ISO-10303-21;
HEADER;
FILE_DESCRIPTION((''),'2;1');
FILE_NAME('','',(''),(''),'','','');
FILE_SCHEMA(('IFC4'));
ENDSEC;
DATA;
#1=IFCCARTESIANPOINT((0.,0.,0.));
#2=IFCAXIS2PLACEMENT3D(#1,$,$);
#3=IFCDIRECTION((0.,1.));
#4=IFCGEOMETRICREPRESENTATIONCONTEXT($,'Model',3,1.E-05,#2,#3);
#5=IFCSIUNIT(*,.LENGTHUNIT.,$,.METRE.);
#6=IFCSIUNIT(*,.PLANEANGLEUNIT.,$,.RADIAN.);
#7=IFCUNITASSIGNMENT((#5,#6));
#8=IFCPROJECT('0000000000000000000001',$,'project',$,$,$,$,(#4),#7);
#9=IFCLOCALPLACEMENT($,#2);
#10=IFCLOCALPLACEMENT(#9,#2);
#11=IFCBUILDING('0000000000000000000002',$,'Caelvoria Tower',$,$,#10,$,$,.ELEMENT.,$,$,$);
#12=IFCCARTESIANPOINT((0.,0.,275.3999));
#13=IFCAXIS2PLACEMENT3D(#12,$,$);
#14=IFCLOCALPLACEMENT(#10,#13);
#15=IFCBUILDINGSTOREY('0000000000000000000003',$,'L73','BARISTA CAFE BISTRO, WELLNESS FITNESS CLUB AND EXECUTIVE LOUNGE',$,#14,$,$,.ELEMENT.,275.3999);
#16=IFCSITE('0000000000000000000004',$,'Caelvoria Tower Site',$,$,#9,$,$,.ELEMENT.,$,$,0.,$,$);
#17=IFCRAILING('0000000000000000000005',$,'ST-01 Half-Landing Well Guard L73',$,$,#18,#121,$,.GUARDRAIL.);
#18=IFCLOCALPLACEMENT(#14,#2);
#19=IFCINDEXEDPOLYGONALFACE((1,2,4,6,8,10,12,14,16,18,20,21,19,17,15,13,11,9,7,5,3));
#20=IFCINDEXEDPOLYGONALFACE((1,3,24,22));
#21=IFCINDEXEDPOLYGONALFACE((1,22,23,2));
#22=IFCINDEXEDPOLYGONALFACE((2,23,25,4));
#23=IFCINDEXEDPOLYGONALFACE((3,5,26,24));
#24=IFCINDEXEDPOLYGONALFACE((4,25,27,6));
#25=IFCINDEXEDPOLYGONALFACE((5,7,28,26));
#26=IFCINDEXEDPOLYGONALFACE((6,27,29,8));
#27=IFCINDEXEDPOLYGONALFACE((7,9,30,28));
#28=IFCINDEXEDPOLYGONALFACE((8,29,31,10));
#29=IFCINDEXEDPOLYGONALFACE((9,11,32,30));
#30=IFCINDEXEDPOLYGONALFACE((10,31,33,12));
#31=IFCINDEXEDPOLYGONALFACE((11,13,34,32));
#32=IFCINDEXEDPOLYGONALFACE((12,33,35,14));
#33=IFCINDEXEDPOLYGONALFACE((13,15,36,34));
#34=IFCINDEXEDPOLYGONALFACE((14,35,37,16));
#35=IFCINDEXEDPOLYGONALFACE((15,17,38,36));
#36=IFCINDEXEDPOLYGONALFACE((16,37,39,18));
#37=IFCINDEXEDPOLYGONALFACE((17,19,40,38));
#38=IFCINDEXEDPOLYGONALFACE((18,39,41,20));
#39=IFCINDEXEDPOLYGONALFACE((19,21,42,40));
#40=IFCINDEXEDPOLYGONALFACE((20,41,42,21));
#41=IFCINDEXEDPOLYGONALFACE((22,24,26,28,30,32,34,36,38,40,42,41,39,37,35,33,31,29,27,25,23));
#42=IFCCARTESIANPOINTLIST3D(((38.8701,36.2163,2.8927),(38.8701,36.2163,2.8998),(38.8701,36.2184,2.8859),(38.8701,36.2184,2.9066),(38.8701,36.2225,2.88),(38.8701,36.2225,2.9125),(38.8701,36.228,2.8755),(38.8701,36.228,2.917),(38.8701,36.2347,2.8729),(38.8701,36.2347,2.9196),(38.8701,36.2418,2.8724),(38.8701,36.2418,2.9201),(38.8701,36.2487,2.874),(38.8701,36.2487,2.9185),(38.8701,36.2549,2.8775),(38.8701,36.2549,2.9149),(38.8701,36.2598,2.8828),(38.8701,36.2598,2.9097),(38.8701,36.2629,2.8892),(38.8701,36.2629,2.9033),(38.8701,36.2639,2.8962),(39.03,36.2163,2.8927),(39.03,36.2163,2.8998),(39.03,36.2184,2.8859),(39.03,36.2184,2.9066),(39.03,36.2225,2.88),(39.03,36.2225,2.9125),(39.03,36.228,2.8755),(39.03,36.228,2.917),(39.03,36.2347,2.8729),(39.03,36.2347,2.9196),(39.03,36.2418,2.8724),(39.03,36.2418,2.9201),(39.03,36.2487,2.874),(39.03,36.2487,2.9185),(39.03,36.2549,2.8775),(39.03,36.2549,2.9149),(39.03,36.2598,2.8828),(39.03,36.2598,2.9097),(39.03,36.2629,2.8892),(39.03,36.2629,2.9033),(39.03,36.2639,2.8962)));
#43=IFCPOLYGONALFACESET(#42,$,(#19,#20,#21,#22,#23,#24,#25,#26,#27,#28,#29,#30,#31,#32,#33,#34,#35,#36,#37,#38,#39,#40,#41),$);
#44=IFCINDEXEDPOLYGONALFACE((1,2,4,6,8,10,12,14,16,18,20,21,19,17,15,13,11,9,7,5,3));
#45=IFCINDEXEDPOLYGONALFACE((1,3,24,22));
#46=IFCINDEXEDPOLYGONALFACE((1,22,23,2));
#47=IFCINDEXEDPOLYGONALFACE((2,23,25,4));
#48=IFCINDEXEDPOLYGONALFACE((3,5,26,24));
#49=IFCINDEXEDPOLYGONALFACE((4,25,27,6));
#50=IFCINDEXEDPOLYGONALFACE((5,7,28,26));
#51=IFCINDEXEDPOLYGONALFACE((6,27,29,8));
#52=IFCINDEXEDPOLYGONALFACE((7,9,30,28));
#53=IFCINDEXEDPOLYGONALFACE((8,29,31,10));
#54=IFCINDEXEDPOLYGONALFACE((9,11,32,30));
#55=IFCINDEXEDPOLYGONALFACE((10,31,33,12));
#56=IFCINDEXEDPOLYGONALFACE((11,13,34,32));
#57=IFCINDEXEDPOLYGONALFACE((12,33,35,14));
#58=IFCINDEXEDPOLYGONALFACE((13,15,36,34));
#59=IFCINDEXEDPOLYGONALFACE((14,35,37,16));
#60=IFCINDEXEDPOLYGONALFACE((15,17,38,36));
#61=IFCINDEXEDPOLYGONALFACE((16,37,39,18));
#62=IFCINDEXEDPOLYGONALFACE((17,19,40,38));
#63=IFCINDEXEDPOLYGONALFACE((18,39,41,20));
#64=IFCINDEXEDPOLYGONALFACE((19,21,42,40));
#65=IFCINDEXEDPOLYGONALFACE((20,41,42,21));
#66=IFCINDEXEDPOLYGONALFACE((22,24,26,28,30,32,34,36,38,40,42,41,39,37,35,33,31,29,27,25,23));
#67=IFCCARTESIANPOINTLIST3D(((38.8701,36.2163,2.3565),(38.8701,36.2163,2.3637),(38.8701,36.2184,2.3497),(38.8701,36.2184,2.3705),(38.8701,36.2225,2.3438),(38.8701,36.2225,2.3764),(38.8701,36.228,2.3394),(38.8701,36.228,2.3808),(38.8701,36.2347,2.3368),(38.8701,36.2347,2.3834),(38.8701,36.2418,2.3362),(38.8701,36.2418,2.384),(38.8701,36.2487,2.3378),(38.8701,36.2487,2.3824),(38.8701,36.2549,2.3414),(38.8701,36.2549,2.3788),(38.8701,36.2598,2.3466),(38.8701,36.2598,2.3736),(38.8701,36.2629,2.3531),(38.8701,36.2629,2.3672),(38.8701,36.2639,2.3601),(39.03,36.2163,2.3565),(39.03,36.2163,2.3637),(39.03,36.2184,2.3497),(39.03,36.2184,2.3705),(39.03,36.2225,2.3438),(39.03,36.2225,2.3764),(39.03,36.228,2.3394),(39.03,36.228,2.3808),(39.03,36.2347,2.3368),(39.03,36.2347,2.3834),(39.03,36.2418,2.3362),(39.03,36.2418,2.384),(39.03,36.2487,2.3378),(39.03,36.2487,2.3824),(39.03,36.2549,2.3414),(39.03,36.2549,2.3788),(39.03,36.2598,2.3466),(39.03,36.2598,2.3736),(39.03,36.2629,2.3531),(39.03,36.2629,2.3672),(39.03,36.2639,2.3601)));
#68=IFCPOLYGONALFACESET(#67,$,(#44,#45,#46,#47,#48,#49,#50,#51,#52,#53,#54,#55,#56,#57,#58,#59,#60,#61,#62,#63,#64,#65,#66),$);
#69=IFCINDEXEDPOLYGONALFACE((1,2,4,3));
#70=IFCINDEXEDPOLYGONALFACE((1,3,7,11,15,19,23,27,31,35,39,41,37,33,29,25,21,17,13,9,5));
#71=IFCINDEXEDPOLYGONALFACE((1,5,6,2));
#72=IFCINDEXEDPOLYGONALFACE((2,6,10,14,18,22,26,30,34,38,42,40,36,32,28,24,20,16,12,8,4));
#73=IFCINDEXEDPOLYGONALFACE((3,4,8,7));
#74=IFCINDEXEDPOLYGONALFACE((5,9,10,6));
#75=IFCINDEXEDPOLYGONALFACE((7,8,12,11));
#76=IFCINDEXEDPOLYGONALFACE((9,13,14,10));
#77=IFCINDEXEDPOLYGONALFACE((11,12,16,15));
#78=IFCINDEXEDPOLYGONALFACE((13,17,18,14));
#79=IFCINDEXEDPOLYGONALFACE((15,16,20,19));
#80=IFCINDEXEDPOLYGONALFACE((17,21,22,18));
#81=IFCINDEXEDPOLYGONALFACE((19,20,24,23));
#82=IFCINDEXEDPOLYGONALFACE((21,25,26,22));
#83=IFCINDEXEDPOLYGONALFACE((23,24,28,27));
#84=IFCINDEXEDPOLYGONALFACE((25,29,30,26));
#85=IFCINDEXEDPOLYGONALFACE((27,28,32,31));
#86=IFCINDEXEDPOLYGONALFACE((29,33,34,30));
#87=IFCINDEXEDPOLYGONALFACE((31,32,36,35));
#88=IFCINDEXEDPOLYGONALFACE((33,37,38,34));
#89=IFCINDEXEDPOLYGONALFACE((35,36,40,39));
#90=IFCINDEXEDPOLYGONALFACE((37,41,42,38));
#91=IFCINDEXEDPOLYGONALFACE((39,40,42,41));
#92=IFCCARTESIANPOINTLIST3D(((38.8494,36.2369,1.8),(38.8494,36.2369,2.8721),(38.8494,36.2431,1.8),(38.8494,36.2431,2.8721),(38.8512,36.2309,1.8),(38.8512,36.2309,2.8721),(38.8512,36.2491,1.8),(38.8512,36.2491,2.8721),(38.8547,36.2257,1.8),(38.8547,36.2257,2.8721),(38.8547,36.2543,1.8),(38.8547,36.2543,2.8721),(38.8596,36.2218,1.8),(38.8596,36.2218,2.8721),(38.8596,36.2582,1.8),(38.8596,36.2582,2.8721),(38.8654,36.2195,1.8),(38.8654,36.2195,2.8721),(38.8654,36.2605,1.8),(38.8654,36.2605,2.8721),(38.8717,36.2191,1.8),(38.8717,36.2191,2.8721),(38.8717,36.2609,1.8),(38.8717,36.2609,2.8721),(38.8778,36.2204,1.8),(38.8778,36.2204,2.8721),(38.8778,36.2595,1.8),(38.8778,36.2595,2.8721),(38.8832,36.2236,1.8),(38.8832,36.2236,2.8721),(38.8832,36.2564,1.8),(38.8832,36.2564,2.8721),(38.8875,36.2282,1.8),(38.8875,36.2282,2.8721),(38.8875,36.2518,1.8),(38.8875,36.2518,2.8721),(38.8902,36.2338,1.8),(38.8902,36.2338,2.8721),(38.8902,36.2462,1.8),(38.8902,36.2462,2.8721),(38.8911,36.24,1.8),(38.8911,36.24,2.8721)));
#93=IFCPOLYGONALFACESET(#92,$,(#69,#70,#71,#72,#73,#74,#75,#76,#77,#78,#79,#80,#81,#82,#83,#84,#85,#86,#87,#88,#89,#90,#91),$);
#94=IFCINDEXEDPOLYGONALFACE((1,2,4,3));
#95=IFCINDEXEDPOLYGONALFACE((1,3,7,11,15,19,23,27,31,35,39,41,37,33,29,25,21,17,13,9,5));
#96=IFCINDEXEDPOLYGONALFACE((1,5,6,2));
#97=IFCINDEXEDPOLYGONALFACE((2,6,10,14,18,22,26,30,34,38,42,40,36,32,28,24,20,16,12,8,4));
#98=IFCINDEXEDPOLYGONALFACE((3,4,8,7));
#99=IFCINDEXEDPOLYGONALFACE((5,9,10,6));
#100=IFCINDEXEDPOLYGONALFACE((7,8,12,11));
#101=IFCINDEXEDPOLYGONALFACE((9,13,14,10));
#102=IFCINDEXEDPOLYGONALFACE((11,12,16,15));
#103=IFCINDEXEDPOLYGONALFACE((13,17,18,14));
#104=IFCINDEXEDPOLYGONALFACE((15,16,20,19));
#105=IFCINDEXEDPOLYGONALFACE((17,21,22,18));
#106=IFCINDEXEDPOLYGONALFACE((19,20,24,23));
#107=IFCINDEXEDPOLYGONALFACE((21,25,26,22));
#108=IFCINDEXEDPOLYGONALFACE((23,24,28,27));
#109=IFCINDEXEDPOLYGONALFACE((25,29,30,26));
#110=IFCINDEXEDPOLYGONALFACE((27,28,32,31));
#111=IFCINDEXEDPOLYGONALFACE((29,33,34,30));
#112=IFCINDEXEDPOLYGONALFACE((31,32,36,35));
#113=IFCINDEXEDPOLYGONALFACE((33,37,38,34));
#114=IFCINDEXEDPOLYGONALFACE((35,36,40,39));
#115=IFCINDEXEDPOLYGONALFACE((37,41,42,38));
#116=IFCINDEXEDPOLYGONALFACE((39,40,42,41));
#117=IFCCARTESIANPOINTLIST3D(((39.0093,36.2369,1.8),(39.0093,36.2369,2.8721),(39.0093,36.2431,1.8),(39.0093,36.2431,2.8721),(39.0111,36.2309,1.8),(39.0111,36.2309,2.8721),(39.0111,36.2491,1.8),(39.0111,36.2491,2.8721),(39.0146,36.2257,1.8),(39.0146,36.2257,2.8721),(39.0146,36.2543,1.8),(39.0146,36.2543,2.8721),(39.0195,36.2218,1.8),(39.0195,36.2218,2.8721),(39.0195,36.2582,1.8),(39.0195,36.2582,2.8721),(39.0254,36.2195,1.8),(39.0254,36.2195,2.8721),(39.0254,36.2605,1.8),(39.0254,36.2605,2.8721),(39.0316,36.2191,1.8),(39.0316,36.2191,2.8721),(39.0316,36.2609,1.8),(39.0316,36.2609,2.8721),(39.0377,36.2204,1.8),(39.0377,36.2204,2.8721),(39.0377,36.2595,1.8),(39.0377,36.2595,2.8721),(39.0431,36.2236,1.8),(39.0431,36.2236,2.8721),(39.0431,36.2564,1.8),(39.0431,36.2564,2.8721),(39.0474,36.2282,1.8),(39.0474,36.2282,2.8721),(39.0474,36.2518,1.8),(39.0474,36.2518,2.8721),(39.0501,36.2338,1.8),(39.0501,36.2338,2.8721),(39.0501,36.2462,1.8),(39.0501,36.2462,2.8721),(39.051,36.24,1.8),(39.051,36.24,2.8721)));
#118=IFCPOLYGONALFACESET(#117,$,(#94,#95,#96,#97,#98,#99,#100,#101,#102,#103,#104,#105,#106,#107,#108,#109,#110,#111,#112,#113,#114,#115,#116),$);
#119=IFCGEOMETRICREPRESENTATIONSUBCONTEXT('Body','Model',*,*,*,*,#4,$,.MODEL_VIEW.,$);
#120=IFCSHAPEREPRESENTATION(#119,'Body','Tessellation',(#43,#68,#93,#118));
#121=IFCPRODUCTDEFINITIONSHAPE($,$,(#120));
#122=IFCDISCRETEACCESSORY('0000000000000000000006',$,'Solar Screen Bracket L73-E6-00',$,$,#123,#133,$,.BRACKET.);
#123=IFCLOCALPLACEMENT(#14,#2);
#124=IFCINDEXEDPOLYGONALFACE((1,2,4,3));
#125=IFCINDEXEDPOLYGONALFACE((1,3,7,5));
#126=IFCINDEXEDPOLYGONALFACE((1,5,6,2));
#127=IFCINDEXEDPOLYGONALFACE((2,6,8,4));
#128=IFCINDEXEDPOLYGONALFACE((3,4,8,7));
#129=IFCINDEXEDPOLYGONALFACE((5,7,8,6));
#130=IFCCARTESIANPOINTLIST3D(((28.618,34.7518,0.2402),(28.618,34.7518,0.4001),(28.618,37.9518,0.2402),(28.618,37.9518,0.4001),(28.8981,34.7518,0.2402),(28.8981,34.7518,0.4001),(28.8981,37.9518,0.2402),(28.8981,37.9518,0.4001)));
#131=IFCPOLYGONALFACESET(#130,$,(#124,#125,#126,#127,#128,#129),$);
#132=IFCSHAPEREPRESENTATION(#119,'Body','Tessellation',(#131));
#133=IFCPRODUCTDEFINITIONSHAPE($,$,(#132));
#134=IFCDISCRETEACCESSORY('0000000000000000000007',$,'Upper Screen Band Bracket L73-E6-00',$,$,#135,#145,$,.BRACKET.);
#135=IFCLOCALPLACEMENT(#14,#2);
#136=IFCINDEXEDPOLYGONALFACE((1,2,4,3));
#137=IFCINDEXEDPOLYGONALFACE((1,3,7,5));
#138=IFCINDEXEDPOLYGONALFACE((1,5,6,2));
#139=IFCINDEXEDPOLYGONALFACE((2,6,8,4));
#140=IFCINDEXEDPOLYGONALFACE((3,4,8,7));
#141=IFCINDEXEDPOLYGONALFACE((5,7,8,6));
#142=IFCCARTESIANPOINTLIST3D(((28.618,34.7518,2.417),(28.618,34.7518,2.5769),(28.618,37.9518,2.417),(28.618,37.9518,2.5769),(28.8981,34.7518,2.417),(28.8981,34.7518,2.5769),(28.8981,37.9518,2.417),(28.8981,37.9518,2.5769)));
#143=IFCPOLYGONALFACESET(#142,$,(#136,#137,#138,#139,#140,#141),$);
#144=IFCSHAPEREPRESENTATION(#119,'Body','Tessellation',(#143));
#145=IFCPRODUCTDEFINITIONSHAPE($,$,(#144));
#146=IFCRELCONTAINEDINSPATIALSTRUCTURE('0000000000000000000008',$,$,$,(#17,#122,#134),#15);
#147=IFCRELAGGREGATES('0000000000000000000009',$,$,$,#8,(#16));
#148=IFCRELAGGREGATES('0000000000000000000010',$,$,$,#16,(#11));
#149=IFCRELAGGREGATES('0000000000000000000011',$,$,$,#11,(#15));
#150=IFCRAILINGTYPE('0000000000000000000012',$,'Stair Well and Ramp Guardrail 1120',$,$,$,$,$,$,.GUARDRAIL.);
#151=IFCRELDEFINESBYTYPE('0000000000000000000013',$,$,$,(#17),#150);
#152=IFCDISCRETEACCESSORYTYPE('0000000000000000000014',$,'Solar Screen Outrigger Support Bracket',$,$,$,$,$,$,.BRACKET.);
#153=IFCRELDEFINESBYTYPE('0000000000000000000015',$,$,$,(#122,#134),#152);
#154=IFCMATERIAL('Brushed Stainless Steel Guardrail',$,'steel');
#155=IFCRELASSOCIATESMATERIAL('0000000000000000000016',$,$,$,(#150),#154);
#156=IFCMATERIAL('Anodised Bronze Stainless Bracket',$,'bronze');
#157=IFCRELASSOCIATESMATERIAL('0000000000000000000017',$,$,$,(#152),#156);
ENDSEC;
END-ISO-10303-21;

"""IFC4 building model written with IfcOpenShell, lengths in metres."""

from ifc_helpers import new_model, si_unit, direction, frame, origin, origin_2d, place, context, subcontext, project, spatial, rectangle, circle, extrude, material, type_object, element, save


model = new_model("IFC4")

# Units and contexts
model_context = context("Model", 3, precision=1e-05, world=origin(), true_north=direction((0.0, 1.0)))
body_context = subcontext(model_context, "Body", "Model", "MODEL_VIEW")
ifc_project = project(units=[si_unit("LENGTHUNIT", "METRE"), si_unit("PLANEANGLEUNIT", "RADIAN")], contexts=[model_context])

# Site, building, storey
site_placement = place(None, origin())
site = spatial("IfcSite", under=ifc_project, at=site_placement, Name="Caelvoria Tower Site", CompositionType="ELEMENT", RefElevation=0.0)
building_placement = place(site_placement, origin())
building = spatial("IfcBuilding", under=site, at=building_placement, Name="Caelvoria Tower", CompositionType="ELEMENT")
storey_placement = place(building_placement, frame((0.0, 0.0, 275.3999)))
storey = spatial("IfcBuildingStorey", under=building, at=storey_placement, Name="L73", Description="BARISTA CAFE BISTRO, WELLNESS FITNESS CLUB AND EXECUTIVE LOUNGE", CompositionType="ELEMENT", Elevation=275.3999)

# Railing
ifc_material_1 = material(Name="Brushed Stainless Steel Guardrail", Category="steel")
railing_type_1 = type_object("IfcRailingType", Name="Stair Well and Ramp Guardrail 1120", PredefinedType="GUARDRAIL", material=ifc_material_1)
railing_1_placement = place(storey_placement, frame((38.8701, 36.24, 1.8)))
element("IfcRailing", 1, at=railing_1_placement, inside=storey, type_object=railing_type_1, Name="ST-01 Half-Landing Well Guard L73", PredefinedType="GUARDRAIL", context=body_context, shape_type="SweptSolid", body=[
    extrude(circle(Radius=0.0239, at=origin_2d()), frame((0.0, 0.0, 1.0962), z_axis=(1.0, 0.0, 0.0), x_axis=(0.0, 1.0, 0.0)), (0.0, 0.0, 1.0), 0.1599),
    extrude(circle(Radius=0.0239, at=origin_2d()), frame((0.0, 0.0, 0.5601), z_axis=(1.0, 0.0, 0.0), x_axis=(0.0, 1.0, 0.0)), (0.0, 0.0, 1.0), 0.1599),
    extrude(circle(Radius=0.021, at=origin_2d()), origin(), (0.0, 0.0, 1.0), 1.072),
    extrude(circle(Radius=0.021, at=origin_2d()), frame((0.1599, 0.0, 0.0)), (0.0, 0.0, 1.0), 1.072),
])

# Discrete accessories
ifc_material_2 = material(Name="Anodised Bronze Stainless Bracket", Category="bronze")
discrete_accessory_type = type_object("IfcDiscreteAccessoryType", Name="Solar Screen Outrigger Support Bracket", PredefinedType="BRACKET", material=ifc_material_2)
for number, where, z_axis, x_axis, name in (
    (2, (28.7581, 36.3518, 0.2402), (0.0, 0.0, 1.0), (0.0, -1.0, 0.0), "Solar Screen Bracket L73-E6-00"),
    (3, (28.7581, 36.3518, 2.417), (0.0, 0.0, 1.0), (0.0, -1.0, 0.0), "Upper Screen Band Bracket L73-E6-00"),
):
    element("IfcDiscreteAccessory", number, at=place(storey_placement, frame(where, z_axis=z_axis, x_axis=x_axis)), inside=storey, type_object=discrete_accessory_type, Name=name, PredefinedType="BRACKET", context=body_context, shape_type="SweptSolid", body=[
        extrude(rectangle(XDim=3.2, YDim=0.28, at=origin_2d()), origin(), (0.0, 0.0, 1.0), 0.1599),
    ])

save(model, "model.ifc")
